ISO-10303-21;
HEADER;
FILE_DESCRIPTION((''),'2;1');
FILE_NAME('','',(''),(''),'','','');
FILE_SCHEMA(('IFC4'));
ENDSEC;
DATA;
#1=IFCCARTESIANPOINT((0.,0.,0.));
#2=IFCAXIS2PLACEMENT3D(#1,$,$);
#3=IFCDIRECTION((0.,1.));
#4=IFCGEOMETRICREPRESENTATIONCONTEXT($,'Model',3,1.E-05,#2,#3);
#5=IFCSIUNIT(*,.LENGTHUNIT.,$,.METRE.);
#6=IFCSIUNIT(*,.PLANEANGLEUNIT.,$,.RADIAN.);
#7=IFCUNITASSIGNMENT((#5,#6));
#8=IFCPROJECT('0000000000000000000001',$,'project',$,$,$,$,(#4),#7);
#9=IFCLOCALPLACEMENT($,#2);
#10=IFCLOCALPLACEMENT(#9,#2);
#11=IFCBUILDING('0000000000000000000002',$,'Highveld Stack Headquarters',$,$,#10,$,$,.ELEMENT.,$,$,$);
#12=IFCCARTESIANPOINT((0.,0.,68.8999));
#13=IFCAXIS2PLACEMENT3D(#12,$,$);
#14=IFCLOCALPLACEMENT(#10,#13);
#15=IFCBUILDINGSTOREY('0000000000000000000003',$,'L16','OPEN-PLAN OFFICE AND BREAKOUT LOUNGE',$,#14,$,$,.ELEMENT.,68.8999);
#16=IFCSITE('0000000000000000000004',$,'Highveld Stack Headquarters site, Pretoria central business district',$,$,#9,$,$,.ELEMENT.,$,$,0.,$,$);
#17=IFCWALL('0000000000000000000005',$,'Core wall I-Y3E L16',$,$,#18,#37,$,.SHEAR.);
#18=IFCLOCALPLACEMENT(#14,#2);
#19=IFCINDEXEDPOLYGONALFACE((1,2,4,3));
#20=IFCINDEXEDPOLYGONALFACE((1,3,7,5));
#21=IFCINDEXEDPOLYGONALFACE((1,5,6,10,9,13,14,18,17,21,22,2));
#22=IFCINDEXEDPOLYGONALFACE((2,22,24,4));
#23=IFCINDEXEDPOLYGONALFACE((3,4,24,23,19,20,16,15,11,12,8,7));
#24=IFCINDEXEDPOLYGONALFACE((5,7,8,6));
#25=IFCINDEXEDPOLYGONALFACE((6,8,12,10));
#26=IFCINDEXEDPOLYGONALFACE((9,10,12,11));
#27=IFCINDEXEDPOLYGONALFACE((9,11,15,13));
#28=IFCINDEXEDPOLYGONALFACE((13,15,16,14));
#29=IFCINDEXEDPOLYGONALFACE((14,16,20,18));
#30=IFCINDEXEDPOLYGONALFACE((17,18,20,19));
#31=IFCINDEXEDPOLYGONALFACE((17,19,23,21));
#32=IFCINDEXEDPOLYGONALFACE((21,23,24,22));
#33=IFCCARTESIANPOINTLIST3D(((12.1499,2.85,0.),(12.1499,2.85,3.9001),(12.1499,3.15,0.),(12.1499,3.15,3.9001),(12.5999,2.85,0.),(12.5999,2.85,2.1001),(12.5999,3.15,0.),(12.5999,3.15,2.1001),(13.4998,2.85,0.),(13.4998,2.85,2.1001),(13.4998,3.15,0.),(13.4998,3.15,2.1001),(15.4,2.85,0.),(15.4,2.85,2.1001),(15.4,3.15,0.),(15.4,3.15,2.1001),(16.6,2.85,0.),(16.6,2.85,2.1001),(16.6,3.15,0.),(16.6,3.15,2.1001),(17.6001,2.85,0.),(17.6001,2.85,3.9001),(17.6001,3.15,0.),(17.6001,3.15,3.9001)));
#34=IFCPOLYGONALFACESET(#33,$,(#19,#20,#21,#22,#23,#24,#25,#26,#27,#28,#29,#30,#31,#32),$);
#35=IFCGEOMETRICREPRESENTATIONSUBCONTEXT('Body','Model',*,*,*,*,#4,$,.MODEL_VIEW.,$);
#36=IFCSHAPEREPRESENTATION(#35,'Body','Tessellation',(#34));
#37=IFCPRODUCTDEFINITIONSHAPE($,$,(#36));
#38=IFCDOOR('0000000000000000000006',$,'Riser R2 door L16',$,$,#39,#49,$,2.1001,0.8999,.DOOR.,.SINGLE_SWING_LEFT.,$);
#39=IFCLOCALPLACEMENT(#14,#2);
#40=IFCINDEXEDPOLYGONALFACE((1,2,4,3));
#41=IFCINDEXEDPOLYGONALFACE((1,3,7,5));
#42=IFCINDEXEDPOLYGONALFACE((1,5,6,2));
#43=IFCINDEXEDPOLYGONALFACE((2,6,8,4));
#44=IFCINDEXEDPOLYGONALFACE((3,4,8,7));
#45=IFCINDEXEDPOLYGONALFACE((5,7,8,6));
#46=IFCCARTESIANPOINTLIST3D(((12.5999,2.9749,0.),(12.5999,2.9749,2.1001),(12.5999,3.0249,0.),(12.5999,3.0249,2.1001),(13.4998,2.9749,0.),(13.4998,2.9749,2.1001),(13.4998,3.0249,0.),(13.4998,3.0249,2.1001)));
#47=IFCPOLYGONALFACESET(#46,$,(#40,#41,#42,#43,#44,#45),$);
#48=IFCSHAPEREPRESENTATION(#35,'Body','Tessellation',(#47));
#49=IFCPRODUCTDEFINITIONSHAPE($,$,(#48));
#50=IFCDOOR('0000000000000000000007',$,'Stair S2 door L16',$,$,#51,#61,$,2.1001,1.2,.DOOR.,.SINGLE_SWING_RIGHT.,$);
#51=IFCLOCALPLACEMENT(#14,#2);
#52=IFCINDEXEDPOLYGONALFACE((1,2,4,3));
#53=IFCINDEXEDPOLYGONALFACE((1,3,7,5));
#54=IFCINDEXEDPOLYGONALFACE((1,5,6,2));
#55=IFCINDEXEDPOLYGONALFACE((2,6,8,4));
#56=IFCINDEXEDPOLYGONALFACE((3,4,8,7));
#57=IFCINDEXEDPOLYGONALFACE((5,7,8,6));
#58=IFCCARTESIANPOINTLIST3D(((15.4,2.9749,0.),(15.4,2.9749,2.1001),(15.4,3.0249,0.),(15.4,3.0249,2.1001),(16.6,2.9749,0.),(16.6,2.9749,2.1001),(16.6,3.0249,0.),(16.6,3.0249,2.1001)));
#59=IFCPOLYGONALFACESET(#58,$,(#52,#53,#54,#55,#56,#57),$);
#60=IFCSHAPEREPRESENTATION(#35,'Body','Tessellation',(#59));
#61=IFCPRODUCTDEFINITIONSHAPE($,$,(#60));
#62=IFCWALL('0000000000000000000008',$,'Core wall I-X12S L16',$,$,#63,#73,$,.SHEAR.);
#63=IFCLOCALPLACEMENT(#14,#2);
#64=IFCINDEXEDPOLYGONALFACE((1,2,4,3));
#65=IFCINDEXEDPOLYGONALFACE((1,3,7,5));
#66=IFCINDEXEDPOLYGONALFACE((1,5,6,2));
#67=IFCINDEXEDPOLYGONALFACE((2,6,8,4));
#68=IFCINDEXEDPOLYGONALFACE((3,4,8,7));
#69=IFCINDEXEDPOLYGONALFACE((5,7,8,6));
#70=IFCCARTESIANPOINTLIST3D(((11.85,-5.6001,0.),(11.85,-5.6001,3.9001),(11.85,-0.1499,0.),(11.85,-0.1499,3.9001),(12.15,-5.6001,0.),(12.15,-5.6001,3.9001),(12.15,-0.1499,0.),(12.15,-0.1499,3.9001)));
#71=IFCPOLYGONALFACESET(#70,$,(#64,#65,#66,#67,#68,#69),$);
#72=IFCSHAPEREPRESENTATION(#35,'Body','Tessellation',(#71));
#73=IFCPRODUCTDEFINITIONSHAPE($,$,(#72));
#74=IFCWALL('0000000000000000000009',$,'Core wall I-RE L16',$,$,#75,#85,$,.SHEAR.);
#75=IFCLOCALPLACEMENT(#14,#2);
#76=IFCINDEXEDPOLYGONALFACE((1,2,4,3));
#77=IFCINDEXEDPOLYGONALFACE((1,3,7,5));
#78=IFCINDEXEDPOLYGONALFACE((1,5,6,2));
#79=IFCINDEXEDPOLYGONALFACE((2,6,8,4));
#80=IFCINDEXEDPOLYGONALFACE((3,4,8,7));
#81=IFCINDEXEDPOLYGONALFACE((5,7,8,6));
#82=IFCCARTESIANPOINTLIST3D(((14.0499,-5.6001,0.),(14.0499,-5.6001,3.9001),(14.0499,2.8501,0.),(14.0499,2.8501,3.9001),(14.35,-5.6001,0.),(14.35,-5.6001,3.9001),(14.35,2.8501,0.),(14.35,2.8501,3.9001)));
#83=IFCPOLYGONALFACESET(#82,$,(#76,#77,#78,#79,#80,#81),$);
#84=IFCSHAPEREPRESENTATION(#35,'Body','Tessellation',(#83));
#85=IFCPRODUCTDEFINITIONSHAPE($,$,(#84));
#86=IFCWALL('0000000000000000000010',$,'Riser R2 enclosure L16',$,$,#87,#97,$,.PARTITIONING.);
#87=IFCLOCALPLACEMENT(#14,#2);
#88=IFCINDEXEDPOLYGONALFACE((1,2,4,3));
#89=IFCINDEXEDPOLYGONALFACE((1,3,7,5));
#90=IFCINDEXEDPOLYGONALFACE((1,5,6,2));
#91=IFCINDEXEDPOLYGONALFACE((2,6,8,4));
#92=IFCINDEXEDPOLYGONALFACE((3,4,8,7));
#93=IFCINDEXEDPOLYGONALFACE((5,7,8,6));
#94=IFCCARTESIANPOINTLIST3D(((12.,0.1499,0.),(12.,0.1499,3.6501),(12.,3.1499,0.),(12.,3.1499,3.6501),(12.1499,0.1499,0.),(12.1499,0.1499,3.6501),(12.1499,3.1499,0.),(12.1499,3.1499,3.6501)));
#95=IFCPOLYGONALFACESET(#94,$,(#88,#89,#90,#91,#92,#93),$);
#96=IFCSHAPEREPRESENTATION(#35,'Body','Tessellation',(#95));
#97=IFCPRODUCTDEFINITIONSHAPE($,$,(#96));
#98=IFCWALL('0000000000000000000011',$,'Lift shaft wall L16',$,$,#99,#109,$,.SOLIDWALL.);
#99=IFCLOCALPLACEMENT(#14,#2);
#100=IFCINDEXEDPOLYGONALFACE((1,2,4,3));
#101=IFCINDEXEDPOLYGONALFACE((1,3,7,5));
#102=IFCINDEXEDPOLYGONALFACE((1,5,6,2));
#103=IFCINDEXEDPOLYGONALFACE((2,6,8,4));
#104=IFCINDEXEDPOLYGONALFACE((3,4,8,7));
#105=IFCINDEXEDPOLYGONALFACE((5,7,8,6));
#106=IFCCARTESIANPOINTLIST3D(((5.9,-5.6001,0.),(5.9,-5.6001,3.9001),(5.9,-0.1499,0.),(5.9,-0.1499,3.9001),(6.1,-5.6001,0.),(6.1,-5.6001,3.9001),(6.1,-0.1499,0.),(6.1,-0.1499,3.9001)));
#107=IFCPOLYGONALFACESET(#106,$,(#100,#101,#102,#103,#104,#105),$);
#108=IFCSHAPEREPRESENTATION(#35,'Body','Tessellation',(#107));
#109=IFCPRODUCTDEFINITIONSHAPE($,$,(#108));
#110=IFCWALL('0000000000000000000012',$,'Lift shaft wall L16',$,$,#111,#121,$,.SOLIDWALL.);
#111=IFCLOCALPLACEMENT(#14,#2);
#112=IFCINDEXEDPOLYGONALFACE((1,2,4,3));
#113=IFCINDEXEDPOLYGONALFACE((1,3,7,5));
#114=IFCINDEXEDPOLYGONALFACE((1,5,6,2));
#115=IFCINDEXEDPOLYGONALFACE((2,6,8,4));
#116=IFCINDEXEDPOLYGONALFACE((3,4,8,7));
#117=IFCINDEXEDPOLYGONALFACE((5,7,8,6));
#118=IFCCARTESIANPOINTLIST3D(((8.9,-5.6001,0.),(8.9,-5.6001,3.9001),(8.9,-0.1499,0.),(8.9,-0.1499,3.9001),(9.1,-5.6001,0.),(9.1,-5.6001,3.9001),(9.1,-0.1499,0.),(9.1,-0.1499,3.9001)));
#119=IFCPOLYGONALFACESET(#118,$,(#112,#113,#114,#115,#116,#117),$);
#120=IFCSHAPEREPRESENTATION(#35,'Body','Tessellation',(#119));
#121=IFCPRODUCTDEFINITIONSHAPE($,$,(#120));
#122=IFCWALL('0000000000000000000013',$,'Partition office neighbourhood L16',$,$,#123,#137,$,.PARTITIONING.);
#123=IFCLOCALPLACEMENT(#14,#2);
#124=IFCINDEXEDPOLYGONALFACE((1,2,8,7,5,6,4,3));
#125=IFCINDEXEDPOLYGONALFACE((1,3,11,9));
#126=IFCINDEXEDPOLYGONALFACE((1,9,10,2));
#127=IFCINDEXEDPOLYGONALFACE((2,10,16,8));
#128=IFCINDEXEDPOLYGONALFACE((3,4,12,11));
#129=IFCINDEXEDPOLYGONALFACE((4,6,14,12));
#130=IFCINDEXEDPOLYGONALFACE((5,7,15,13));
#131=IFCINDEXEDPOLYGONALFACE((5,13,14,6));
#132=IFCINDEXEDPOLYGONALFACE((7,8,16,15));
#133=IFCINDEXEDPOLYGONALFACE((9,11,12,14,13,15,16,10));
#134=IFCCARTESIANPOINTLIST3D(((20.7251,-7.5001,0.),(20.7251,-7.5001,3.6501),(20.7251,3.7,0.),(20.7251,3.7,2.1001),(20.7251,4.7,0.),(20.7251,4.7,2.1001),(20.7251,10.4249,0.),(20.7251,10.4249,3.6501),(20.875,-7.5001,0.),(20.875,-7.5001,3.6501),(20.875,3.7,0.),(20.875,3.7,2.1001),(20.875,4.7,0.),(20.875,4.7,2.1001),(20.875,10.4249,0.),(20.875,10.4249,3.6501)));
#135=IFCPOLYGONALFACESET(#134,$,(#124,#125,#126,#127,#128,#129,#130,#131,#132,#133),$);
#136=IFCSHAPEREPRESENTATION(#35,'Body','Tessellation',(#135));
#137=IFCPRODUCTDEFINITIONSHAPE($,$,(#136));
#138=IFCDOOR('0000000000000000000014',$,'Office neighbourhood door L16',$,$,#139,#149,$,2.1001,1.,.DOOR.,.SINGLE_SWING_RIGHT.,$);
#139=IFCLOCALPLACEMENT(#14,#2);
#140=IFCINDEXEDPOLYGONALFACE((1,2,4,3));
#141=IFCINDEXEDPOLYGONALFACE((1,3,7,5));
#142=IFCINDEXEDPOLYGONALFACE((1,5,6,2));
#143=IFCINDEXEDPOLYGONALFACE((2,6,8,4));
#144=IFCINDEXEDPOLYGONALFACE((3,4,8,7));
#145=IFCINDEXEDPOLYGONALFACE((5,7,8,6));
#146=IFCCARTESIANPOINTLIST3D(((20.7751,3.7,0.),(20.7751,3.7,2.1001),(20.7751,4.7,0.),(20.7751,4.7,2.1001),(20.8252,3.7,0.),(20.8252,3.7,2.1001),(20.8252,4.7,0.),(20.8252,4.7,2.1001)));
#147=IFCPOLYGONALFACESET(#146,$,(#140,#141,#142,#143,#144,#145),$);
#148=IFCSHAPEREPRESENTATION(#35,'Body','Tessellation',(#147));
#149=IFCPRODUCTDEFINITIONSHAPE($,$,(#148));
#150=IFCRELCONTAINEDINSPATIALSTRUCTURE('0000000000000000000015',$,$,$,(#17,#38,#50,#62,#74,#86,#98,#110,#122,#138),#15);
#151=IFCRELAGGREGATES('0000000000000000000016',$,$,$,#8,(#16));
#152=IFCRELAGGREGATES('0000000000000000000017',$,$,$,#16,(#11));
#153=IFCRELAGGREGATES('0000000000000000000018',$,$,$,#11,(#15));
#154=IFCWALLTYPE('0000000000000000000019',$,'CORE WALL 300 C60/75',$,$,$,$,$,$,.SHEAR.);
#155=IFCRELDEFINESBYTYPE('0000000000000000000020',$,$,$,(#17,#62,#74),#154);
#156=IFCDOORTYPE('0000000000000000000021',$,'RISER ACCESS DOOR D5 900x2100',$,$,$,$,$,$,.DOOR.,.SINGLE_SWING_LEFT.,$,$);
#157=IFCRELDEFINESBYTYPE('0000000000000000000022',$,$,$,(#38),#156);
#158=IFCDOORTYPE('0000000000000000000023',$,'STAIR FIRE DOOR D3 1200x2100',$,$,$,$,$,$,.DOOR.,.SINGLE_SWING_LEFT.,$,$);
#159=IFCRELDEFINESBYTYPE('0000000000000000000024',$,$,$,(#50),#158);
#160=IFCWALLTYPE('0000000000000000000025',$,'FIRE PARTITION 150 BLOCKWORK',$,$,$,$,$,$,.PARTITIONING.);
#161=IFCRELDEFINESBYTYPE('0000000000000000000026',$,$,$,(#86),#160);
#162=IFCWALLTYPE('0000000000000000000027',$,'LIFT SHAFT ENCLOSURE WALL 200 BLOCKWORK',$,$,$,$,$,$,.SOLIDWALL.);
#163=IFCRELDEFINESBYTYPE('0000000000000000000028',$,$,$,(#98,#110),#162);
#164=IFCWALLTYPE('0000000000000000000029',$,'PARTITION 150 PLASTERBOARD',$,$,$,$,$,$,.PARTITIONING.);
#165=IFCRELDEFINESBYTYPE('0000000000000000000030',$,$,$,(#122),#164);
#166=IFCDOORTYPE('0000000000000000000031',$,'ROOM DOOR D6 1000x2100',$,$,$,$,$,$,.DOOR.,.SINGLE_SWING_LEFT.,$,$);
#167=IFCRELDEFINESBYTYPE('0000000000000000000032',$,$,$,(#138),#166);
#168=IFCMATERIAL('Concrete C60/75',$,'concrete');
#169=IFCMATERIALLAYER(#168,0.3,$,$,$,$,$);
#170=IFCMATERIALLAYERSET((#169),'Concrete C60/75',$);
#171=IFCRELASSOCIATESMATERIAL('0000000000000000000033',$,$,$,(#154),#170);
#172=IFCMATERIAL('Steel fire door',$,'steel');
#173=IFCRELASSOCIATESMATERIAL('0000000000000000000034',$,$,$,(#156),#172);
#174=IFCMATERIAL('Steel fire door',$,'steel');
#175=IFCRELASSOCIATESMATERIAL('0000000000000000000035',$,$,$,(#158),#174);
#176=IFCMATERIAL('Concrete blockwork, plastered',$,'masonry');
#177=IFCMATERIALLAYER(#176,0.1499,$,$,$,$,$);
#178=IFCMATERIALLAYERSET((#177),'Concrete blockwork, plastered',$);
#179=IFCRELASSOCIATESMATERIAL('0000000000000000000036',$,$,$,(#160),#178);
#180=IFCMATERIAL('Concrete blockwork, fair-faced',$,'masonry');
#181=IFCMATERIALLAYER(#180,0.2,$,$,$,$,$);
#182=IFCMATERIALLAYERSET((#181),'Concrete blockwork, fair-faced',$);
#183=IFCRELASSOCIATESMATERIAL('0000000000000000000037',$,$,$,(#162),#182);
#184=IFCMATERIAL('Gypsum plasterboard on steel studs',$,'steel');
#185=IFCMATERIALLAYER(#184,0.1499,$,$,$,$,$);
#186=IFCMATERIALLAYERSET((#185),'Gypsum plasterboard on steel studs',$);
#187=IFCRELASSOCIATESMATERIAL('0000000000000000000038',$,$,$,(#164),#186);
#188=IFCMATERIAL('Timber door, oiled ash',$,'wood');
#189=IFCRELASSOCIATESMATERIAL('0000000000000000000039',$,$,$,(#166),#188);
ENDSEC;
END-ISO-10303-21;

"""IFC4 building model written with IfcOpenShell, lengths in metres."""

from ifc_helpers import new_model, si_unit, direction, frame, frame_2d, origin, place, context, subcontext, project, spatial, rectangle, extrude, material, layer, layer_set, type_object, element, fill, save


model = new_model("IFC4")

# Units and contexts
model_context = context("Model", 3, precision=1e-05, world=origin(), true_north=direction((0.0, 1.0)))
body_context = subcontext(model_context, "Body", "Model", "MODEL_VIEW")
ifc_project = project(units=[si_unit("LENGTHUNIT", "METRE"), si_unit("PLANEANGLEUNIT", "RADIAN")], contexts=[model_context])

# Site, building, storey
site_placement = place(None, origin())
site = spatial("IfcSite", under=ifc_project, at=site_placement, Name="Highveld Stack Headquarters site, Pretoria central business district", CompositionType="ELEMENT", RefElevation=0.0)
building_placement = place(site_placement, origin())
building = spatial("IfcBuilding", under=site, at=building_placement, Name="Highveld Stack Headquarters", CompositionType="ELEMENT")
storey_placement = place(building_placement, frame((0.0, 0.0, 68.8999)))
storey = spatial("IfcBuildingStorey", under=building, at=storey_placement, Name="L16", Description="OPEN-PLAN OFFICE AND BREAKOUT LOUNGE", CompositionType="ELEMENT", Elevation=68.8999)

# Wall, openings, doors
ifc_material_1 = material(Name="Concrete C60/75", Category="concrete")
ifc_layer_1 = layer(ifc_material_1, 0.3)
ifc_layer_set_1 = layer_set([ifc_layer_1], Name="Concrete C60/75")
wall_type_1 = type_object("IfcWallType", Name="CORE WALL 300 C60/75", PredefinedType="SHEAR", material=ifc_layer_set_1)
wall_1_placement = place(storey_placement, frame((12.1499, 3.0, 0.0), z_axis=(0.0, 0.0, 1.0), x_axis=(1.0, 0.0, 0.0)))
wall_1 = element("IfcWall", 1, at=wall_1_placement, inside=storey, type_object=wall_type_1, Name="Core wall I-Y3E L16", PredefinedType="SHEAR", context=body_context, shape_type="SweptSolid", body=[
    extrude(rectangle(XDim=5.4502, YDim=0.3, at=frame_2d((2.7251, 0.0))), origin(), (0.0, 0.0, 1.0), 3.9001),
])
opening_1_placement = place(wall_1_placement, frame((3.25, 0.0, 0.0)))
opening_1 = element("IfcOpeningElement", 2, at=opening_1_placement, cuts=wall_1, PredefinedType="OPENING", context=body_context, shape_type="SweptSolid", body=[
    extrude(rectangle(XDim=1.2, YDim=2.1001, at=frame_2d((0.6001, 1.05))), frame((0.0, 0.1599, 0.0), z_axis=(0.0, -1.0, 0.0), x_axis=(1.0, 0.0, 0.0)), (0.0, 0.0, 1.0), 0.3201),
])
opening_2_placement = place(wall_1_placement, frame((0.45, 0.0, 0.0)))
opening_2 = element("IfcOpeningElement", 3, at=opening_2_placement, cuts=wall_1, PredefinedType="OPENING", context=body_context, shape_type="SweptSolid", body=[
    extrude(rectangle(XDim=0.8999, YDim=2.1001, at=frame_2d((0.45, 1.05))), frame((0.0, 0.1599, 0.0), z_axis=(0.0, -1.0, 0.0), x_axis=(1.0, 0.0, 0.0)), (0.0, 0.0, 1.0), 0.3201),
])
ifc_material_2 = material(Name="Steel fire door", Category="steel")
door_type_1 = type_object("IfcDoorType", Name="RISER ACCESS DOOR D5 900x2100", OperationType="SINGLE_SWING_LEFT", PredefinedType="DOOR", material=ifc_material_2)
door_1_placement = place(opening_2_placement, origin())
door_1 = element("IfcDoor", 4, at=door_1_placement, inside=storey, type_object=door_type_1, Name="Riser R2 door L16", OperationType="SINGLE_SWING_LEFT", OverallHeight=2.1001, OverallWidth=0.8999, PredefinedType="DOOR", context=body_context, shape_type="SweptSolid", body=[
    extrude(rectangle(XDim=0.8999, YDim=2.1001, at=frame_2d((0.45, 1.05))), frame((0.0, 0.0249, 0.0), z_axis=(0.0, -1.0, 0.0), x_axis=(1.0, 0.0, 0.0)), (0.0, 0.0, 1.0), 0.05),
])
fill(opening_2, door_1)
ifc_material_3 = material(Name="Steel fire door", Category="steel")
door_type_2 = type_object("IfcDoorType", Name="STAIR FIRE DOOR D3 1200x2100", OperationType="SINGLE_SWING_LEFT", PredefinedType="DOOR", material=ifc_material_3)
door_2_placement = place(opening_1_placement, origin())
door_2 = element("IfcDoor", 5, at=door_2_placement, inside=storey, type_object=door_type_2, Name="Stair S2 door L16", OperationType="SINGLE_SWING_RIGHT", OverallHeight=2.1001, OverallWidth=1.2, PredefinedType="DOOR", context=body_context, shape_type="SweptSolid", body=[
    extrude(rectangle(XDim=1.2, YDim=2.1001, at=frame_2d((0.6001, 1.05))), frame((0.0, 0.0249, 0.0), z_axis=(0.0, -1.0, 0.0), x_axis=(1.0, 0.0, 0.0)), (0.0, 0.0, 1.0), 0.05),
])
fill(opening_1, door_2)

# Walls
wall_2_placement = place(storey_placement, frame((12.0, -5.6001, 0.0), z_axis=(0.0, 0.0, 1.0), x_axis=(0.0, 1.0, 0.0)))
element("IfcWall", 6, at=wall_2_placement, inside=storey, type_object=wall_type_1, Name="Core wall I-X12S L16", PredefinedType="SHEAR", context=body_context, shape_type="SweptSolid", body=[
    extrude(rectangle(XDim=5.4502, YDim=0.3, at=frame_2d((2.7251, 0.0))), origin(), (0.0, 0.0, 1.0), 3.9001),
])
wall_3_placement = place(storey_placement, frame((14.2, -5.6001, 0.0), z_axis=(0.0, 0.0, 1.0), x_axis=(0.0, 1.0, 0.0)))
element("IfcWall", 7, at=wall_3_placement, inside=storey, type_object=wall_type_1, Name="Core wall I-RE L16", PredefinedType="SHEAR", context=body_context, shape_type="SweptSolid", body=[
    extrude(rectangle(XDim=8.4502, YDim=0.3, at=frame_2d((4.2251, 0.0))), origin(), (0.0, 0.0, 1.0), 3.9001),
])
ifc_material_4 = material(Name="Concrete blockwork, plastered", Category="masonry")
ifc_layer_2 = layer(ifc_material_4, 0.1499)
ifc_layer_set_2 = layer_set([ifc_layer_2], Name="Concrete blockwork, plastered")
wall_type_2 = type_object("IfcWallType", Name="FIRE PARTITION 150 BLOCKWORK", PredefinedType="PARTITIONING", material=ifc_layer_set_2)
wall_4_placement = place(storey_placement, frame((12.075, 0.1499, 0.0), z_axis=(0.0, 0.0, 1.0), x_axis=(0.0, 1.0, 0.0)))
element("IfcWall", 8, at=wall_4_placement, inside=storey, type_object=wall_type_2, Name="Riser R2 enclosure L16", PredefinedType="PARTITIONING", context=body_context, shape_type="SweptSolid", body=[
    extrude(rectangle(XDim=3.0, YDim=0.1499, at=frame_2d((1.5, 0.0))), origin(), (0.0, 0.0, 1.0), 3.6501),
])
ifc_material_5 = material(Name="Concrete blockwork, fair-faced", Category="masonry")
ifc_layer_3 = layer(ifc_material_5, 0.2)
ifc_layer_set_3 = layer_set([ifc_layer_3], Name="Concrete blockwork, fair-faced")
wall_type_3 = type_object("IfcWallType", Name="LIFT SHAFT ENCLOSURE WALL 200 BLOCKWORK", PredefinedType="SOLIDWALL", material=ifc_layer_set_3)
for number, where, z_axis, x_axis, name in (
    (9, (6.0, -5.6001, 0.0), (0.0, 0.0, 1.0), (0.0, 1.0, 0.0), "Lift shaft wall L16"),
    (10, (9.0, -5.6001, 0.0), (0.0, 0.0, 1.0), (0.0, 1.0, 0.0), "Lift shaft wall L16"),
):
    element("IfcWall", number, at=place(storey_placement, frame(where, z_axis=z_axis, x_axis=x_axis)), inside=storey, type_object=wall_type_3, Name=name, PredefinedType="SOLIDWALL", context=body_context, shape_type="SweptSolid", body=[
        extrude(rectangle(XDim=5.4502, YDim=0.2, at=frame_2d((2.7251, 0.0))), origin(), (0.0, 0.0, 1.0), 3.9001),
    ])

# Wall, opening, door
ifc_material_6 = material(Name="Gypsum plasterboard on steel studs", Category="steel")
ifc_layer_4 = layer(ifc_material_6, 0.1499)
ifc_layer_set_4 = layer_set([ifc_layer_4], Name="Gypsum plasterboard on steel studs")
wall_type_4 = type_object("IfcWallType", Name="PARTITION 150 PLASTERBOARD", PredefinedType="PARTITIONING", material=ifc_layer_set_4)
wall_5_placement = place(storey_placement, frame((20.8, -7.5, 0.0), z_axis=(0.0, 0.0, 1.0), x_axis=(0.0, 1.0, 0.0)))
wall_5 = element("IfcWall", 11, at=wall_5_placement, inside=storey, type_object=wall_type_4, Name="Partition office neighbourhood L16", PredefinedType="PARTITIONING", context=body_context, shape_type="SweptSolid", body=[
    extrude(rectangle(XDim=17.925, YDim=0.1499, at=frame_2d((8.9624, 0.0))), origin(), (0.0, 0.0, 1.0), 3.6501),
])
opening_3_placement = place(wall_5_placement, frame((11.2, 0.0, 0.0)))
opening_3 = element("IfcOpeningElement", 12, at=opening_3_placement, cuts=wall_5, PredefinedType="OPENING", context=body_context, shape_type="SweptSolid", body=[
    extrude(rectangle(XDim=1.0, YDim=2.1001, at=frame_2d((0.5, 1.05))), frame((0.0, 0.085, 0.0), z_axis=(0.0, -1.0, 0.0), x_axis=(1.0, 0.0, 0.0)), (0.0, 0.0, 1.0), 0.1699),
])
ifc_material_7 = material(Name="Timber door, oiled ash", Category="wood")
door_type_3 = type_object("IfcDoorType", Name="ROOM DOOR D6 1000x2100", OperationType="SINGLE_SWING_LEFT", PredefinedType="DOOR", material=ifc_material_7)
door_3_placement = place(opening_3_placement, origin())
door_3 = element("IfcDoor", 13, at=door_3_placement, inside=storey, type_object=door_type_3, Name="Office neighbourhood door L16", OperationType="SINGLE_SWING_RIGHT", OverallHeight=2.1001, OverallWidth=1.0, PredefinedType="DOOR", context=body_context, shape_type="SweptSolid", body=[
    extrude(rectangle(XDim=1.0, YDim=2.1001, at=frame_2d((0.5, 1.05))), frame((0.0, 0.0249, 0.0), z_axis=(0.0, -1.0, 0.0), x_axis=(1.0, 0.0, 0.0)), (0.0, 0.0, 1.0), 0.05),
])
fill(opening_3, door_3)

save(model, "model.ifc")
